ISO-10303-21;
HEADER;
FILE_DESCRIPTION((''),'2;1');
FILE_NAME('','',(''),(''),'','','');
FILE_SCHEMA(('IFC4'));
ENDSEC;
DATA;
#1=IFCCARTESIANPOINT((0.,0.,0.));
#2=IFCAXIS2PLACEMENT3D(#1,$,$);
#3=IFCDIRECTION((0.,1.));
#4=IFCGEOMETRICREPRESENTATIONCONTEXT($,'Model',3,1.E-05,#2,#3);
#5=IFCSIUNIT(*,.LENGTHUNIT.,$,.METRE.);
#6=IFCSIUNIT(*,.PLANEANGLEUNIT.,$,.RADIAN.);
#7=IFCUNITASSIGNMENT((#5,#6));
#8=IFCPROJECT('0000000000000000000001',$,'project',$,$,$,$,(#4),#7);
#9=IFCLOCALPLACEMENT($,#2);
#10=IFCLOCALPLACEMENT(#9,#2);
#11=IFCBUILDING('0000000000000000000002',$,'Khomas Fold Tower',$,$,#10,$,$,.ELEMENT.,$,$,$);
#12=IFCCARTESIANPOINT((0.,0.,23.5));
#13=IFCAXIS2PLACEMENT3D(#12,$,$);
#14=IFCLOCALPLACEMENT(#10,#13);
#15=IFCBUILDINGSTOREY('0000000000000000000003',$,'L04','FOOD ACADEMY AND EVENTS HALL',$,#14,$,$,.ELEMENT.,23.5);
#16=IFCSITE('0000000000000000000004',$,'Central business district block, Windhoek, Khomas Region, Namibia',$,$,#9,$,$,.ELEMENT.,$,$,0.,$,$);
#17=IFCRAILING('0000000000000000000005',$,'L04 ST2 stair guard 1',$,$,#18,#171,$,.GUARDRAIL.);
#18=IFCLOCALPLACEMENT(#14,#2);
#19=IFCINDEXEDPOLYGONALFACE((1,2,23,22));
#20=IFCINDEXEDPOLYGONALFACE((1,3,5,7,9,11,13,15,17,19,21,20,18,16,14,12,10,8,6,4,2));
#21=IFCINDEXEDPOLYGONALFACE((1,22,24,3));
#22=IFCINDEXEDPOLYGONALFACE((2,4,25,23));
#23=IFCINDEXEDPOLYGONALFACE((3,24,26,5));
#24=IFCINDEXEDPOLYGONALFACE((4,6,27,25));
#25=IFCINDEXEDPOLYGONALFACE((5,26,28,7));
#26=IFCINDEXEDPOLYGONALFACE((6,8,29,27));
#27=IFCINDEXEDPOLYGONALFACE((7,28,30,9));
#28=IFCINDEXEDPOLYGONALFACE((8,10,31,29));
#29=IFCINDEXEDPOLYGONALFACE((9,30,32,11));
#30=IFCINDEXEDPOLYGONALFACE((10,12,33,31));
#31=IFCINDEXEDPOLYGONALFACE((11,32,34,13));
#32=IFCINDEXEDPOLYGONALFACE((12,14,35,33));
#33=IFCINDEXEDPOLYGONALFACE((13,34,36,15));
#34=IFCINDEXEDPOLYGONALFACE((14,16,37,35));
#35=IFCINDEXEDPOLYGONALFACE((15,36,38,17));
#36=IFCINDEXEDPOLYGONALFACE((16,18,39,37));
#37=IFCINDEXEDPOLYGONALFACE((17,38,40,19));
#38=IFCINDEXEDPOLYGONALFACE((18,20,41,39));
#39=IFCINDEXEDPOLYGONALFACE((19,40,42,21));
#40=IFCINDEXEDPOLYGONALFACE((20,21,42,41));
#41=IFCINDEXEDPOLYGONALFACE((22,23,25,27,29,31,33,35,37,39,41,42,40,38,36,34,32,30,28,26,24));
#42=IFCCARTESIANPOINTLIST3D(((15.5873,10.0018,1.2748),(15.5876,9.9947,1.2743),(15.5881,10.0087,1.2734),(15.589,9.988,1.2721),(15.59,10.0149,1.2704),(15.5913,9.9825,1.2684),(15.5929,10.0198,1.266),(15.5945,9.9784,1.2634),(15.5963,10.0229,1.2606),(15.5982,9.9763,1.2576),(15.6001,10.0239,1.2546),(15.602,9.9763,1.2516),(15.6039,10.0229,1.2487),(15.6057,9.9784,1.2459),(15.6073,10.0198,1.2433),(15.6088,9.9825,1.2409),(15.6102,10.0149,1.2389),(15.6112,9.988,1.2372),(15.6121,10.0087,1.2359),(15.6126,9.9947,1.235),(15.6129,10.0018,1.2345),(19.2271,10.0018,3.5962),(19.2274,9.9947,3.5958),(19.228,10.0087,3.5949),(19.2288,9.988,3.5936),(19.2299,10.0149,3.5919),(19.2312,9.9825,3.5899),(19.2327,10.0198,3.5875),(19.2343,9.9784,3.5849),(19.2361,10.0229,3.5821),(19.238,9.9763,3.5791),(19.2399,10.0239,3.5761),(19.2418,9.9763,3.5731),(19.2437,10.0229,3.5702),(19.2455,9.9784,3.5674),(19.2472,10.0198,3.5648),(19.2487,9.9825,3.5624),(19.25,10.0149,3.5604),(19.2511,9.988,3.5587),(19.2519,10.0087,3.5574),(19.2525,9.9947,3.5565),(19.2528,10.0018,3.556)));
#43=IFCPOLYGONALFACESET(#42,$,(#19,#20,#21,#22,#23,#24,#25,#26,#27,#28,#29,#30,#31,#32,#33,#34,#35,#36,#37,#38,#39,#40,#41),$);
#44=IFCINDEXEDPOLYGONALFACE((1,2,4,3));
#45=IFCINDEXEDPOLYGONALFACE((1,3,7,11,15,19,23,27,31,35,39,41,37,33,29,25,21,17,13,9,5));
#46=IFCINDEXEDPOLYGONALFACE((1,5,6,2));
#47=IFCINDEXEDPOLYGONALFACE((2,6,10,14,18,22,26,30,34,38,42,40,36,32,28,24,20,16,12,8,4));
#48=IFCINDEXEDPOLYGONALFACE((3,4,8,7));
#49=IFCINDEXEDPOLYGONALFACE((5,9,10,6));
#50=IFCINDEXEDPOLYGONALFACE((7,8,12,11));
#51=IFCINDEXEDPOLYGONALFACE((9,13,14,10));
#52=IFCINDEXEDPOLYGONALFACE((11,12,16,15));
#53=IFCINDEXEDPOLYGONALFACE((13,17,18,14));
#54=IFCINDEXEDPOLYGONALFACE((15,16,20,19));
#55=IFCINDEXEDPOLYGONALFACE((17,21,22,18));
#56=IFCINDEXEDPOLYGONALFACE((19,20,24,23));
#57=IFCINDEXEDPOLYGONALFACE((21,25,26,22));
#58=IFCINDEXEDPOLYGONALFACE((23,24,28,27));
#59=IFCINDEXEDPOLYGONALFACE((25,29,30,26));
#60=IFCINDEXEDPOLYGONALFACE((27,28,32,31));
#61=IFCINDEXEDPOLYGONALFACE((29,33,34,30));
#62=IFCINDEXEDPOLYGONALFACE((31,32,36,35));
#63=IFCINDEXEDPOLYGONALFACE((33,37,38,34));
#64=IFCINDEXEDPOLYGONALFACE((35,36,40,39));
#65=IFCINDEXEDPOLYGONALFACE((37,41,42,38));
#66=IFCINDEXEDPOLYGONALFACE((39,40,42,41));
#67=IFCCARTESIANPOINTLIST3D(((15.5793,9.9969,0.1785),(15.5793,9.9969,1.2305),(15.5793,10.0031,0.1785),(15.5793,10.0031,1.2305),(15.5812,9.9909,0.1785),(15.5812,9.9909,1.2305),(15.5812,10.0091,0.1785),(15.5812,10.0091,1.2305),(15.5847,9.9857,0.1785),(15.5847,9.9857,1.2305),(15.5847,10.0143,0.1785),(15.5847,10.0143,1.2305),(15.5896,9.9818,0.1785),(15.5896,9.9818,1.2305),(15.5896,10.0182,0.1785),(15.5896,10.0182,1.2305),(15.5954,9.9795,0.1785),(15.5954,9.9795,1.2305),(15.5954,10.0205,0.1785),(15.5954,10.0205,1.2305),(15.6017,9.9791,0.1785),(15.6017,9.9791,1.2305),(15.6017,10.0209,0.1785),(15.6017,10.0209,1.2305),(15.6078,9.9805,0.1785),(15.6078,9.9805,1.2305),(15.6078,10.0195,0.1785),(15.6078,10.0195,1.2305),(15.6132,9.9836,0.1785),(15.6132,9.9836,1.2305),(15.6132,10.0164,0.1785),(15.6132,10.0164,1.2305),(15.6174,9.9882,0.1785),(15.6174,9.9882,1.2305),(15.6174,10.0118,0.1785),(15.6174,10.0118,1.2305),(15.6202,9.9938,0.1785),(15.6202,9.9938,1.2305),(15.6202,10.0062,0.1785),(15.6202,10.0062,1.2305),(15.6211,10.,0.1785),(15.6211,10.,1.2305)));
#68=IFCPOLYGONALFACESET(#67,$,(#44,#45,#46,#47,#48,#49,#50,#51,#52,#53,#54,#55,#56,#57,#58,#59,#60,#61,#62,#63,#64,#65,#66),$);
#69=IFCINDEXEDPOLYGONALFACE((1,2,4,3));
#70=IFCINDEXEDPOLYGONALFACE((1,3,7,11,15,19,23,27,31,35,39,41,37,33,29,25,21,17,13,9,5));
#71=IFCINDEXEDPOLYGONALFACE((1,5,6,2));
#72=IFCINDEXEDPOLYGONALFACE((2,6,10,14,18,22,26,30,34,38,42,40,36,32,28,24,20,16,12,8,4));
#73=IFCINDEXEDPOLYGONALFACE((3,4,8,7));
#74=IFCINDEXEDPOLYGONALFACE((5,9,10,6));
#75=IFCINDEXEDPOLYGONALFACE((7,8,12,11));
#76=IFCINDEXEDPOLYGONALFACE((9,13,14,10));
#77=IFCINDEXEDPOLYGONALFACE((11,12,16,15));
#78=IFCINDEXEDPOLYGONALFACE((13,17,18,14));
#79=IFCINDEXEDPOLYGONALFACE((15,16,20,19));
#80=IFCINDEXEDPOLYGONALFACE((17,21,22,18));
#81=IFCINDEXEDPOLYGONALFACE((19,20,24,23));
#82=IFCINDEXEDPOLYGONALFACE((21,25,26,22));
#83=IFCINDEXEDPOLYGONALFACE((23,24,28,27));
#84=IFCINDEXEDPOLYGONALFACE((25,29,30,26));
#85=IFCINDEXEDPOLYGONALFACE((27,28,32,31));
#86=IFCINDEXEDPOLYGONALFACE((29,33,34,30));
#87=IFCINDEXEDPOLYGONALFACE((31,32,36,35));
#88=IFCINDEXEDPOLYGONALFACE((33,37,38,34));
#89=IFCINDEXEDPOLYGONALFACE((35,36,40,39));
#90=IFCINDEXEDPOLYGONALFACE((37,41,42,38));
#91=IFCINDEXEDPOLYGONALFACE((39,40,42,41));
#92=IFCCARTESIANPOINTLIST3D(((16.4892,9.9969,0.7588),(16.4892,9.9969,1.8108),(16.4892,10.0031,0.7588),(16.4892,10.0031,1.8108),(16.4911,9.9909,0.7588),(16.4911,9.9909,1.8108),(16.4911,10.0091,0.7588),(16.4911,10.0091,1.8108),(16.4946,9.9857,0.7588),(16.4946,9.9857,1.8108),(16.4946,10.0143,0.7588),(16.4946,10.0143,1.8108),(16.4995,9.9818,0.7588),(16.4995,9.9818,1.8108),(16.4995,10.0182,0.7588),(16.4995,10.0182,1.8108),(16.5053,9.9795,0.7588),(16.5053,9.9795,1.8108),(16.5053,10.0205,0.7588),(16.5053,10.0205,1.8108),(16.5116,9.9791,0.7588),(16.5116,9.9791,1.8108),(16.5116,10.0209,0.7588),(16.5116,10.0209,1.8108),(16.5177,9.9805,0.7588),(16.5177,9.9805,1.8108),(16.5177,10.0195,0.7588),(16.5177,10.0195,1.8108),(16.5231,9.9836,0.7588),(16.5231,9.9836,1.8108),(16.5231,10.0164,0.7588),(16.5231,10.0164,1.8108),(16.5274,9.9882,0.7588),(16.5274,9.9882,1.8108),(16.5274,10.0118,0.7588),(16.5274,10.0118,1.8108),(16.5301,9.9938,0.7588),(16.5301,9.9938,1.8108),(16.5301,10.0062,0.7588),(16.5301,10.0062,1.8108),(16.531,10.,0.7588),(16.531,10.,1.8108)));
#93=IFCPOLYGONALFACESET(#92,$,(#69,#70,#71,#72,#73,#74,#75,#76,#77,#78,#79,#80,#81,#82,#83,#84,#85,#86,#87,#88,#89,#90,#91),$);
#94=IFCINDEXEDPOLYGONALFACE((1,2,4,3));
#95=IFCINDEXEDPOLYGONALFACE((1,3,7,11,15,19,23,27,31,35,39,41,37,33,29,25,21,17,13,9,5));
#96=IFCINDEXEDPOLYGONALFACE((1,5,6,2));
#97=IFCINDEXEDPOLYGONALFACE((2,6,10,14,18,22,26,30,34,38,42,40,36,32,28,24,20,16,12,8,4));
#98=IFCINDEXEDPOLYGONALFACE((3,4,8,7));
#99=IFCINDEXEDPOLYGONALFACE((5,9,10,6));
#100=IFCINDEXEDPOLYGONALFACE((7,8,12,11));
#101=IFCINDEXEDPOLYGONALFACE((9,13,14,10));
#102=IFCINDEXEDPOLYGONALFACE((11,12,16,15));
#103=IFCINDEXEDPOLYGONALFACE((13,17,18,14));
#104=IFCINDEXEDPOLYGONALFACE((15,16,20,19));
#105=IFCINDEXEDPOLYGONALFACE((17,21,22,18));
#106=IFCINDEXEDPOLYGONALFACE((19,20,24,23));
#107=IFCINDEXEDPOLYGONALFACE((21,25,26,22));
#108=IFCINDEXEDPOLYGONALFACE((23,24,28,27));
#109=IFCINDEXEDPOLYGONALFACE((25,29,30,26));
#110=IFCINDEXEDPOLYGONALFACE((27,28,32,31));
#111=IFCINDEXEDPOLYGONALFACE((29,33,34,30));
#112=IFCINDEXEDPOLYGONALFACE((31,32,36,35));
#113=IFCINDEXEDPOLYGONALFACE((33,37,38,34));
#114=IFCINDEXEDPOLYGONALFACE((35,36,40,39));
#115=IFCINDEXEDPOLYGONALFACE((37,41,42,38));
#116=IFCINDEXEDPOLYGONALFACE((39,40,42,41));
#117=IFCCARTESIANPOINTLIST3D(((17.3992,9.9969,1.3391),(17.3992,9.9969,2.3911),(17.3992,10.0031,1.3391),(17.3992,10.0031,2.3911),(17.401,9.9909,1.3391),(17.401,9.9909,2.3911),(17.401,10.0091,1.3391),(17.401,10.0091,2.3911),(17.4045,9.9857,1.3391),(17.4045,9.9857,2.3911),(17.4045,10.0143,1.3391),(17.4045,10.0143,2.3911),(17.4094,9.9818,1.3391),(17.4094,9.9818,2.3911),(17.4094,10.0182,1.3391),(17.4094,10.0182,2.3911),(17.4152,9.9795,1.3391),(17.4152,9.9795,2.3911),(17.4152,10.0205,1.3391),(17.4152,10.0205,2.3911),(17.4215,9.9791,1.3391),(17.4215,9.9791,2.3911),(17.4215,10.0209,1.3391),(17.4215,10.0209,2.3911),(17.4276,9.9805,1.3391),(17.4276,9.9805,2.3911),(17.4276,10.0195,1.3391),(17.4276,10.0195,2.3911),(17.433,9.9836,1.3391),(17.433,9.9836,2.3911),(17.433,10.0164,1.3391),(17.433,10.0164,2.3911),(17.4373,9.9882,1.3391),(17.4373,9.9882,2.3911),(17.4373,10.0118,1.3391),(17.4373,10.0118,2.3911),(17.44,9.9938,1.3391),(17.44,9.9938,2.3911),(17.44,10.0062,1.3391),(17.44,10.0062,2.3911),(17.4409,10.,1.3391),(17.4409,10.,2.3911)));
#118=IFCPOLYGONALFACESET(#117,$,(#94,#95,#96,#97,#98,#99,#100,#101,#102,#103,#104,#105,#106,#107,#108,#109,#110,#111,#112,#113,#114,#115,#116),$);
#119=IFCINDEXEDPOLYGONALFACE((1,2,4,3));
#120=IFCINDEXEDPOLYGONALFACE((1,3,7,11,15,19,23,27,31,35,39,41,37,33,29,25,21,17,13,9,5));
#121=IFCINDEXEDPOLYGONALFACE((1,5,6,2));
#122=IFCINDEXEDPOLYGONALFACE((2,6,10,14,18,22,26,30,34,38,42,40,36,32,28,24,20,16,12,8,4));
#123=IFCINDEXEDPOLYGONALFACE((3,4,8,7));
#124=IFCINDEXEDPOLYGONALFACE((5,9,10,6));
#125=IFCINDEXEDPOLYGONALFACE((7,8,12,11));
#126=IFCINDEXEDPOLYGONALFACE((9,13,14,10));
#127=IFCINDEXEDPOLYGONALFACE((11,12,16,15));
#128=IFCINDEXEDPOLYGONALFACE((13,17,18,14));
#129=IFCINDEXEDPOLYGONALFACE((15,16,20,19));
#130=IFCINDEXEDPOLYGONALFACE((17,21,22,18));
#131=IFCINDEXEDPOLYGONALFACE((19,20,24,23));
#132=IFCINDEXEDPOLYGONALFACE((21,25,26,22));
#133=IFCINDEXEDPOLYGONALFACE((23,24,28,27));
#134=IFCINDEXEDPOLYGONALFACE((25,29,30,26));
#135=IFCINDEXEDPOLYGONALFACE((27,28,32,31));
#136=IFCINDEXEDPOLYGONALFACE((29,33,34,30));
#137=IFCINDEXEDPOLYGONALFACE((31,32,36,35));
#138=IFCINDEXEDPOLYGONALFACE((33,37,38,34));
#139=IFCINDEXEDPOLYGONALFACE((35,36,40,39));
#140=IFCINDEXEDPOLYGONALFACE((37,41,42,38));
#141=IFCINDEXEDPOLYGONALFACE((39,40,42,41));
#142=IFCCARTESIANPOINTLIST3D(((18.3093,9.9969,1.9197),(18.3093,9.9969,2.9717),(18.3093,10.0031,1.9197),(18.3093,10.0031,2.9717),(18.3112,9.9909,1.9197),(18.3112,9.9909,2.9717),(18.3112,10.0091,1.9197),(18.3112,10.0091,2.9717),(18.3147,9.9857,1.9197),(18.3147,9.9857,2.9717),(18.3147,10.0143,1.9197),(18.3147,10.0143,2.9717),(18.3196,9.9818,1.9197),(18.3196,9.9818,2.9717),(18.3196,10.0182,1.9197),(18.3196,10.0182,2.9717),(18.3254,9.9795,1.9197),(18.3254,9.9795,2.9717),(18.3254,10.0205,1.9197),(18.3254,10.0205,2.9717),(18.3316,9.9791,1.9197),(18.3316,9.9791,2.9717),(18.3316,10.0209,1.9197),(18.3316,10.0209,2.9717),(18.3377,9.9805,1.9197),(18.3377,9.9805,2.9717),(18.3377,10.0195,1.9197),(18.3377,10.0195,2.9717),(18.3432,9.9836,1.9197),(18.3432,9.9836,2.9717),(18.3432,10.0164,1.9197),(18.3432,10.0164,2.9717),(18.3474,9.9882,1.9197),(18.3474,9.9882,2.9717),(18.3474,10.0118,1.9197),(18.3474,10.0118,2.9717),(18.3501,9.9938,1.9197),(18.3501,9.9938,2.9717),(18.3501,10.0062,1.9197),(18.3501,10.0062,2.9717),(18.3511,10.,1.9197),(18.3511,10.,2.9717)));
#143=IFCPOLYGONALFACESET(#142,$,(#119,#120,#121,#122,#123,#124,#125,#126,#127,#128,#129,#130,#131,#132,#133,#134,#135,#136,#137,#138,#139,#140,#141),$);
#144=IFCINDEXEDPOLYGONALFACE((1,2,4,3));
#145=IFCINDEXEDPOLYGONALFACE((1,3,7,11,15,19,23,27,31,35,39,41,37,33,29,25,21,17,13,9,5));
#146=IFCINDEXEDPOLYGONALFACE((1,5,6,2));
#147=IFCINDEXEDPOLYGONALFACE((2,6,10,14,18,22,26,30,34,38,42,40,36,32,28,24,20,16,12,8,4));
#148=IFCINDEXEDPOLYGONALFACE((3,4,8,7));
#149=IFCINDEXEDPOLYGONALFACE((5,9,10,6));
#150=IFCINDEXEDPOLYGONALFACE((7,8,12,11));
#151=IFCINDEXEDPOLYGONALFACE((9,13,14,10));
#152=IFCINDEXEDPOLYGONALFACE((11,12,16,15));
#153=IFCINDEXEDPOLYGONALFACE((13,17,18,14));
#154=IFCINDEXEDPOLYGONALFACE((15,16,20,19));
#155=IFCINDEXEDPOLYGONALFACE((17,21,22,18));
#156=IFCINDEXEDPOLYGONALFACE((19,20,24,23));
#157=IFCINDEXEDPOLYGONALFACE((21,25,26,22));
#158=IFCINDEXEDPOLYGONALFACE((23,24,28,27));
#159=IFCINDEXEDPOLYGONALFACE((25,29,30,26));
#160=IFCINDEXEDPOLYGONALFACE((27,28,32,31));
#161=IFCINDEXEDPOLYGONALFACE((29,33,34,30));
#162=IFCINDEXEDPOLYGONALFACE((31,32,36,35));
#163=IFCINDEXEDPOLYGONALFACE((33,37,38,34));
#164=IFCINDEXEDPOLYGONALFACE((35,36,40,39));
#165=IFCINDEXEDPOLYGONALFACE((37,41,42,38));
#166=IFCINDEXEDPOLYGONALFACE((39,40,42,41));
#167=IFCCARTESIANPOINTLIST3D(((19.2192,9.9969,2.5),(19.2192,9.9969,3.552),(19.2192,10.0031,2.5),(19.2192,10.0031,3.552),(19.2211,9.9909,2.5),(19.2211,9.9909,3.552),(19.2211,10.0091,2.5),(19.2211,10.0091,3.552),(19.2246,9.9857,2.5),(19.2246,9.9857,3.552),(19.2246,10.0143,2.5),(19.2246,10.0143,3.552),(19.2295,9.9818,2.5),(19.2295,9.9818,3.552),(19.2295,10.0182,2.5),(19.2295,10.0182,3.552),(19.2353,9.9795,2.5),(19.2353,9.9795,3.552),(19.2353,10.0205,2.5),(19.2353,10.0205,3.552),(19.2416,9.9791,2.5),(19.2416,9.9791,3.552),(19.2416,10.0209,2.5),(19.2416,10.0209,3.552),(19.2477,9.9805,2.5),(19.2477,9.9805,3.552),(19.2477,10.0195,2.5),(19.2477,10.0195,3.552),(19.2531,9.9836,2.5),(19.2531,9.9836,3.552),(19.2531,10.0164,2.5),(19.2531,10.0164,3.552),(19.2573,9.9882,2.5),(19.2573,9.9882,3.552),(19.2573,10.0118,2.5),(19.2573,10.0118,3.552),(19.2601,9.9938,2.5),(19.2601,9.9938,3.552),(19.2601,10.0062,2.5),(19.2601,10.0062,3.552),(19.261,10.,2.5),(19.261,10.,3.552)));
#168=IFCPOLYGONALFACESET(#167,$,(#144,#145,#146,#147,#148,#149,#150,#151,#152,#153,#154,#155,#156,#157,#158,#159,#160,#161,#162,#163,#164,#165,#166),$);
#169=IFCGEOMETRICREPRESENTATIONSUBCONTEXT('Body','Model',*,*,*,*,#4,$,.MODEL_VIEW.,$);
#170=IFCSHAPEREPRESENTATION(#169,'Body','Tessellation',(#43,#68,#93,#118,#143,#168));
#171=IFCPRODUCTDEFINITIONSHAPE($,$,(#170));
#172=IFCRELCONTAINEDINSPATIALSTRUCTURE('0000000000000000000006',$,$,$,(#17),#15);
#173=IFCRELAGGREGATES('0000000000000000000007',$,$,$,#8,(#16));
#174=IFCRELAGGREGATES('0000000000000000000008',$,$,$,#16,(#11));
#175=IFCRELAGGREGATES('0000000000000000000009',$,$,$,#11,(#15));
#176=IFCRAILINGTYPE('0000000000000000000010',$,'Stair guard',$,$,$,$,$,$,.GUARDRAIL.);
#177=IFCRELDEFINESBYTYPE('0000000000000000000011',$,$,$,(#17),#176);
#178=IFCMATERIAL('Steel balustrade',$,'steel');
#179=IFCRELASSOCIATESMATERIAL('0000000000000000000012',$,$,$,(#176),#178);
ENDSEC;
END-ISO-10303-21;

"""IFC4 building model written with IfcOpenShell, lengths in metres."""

from ifc_helpers import new_model, si_unit, direction, frame, origin, origin_2d, place, context, subcontext, project, spatial, circle, extrude, source, transform, mapped, material, type_object, element, save


model = new_model("IFC4")

# Units and contexts
model_context = context("Model", 3, precision=1e-05, world=origin(), true_north=direction((0.0, 1.0)))
body_context = subcontext(model_context, "Body", "Model", "MODEL_VIEW")
ifc_project = project(units=[si_unit("LENGTHUNIT", "METRE"), si_unit("PLANEANGLEUNIT", "RADIAN")], contexts=[model_context])

# Site, building, storey
site_placement = place(None, origin())
site = spatial("IfcSite", under=ifc_project, at=site_placement, Name="Central business district block, Windhoek, Khomas Region, Namibia", CompositionType="ELEMENT", RefElevation=0.0)
building_placement = place(site_placement, origin())
building = spatial("IfcBuilding", under=site, at=building_placement, Name="Khomas Fold Tower", CompositionType="ELEMENT")
storey_placement = place(building_placement, frame((0.0, 0.0, 23.5)))
storey = spatial("IfcBuildingStorey", under=building, at=storey_placement, Name="L04", Description="FOOD ACADEMY AND EVENTS HALL", CompositionType="ELEMENT", Elevation=23.5)

# Railing
ifc_material_1 = material(Name="Steel balustrade", Category="steel")
railing_type_1 = type_object("IfcRailingType", Name="Stair guard", PredefinedType="GUARDRAIL", material=ifc_material_1)
shared_shape_1 = source(origin(), body_context, "Body", "SweptSolid", [
    extrude(circle(Radius=0.0239, at=origin_2d()), frame((0.0, 0.0, 1.0762), z_axis=(0.843112, 0.0, 0.537739), x_axis=(0.0, 1.0, 0.0)), (0.0, 0.0, 1.0), 4.3171),
    extrude(circle(Radius=0.021, at=origin_2d()), origin(), (0.0, 0.0, 1.0), 1.052),
    extrude(circle(Radius=0.021, at=origin_2d()), frame((0.9099, 0.0, 0.5803)), (0.0, 0.0, 1.0), 1.052),
    extrude(circle(Radius=0.021, at=origin_2d()), frame((1.8198, 0.0, 1.1606)), (0.0, 0.0, 1.0), 1.052),
    extrude(circle(Radius=0.021, at=origin_2d()), frame((2.73, 0.0, 1.7412)), (0.0, 0.0, 1.0), 1.052),
    extrude(circle(Radius=0.021, at=origin_2d()), frame((3.6399, 0.0, 2.3215)), (0.0, 0.0, 1.0), 1.052),
])
railing_1_placement = place(storey_placement, frame((15.6001, 10.0, 0.1785)))
element("IfcRailing", 1, at=railing_1_placement, inside=storey, type_object=railing_type_1, Name="L04 ST2 stair guard 1", PredefinedType="GUARDRAIL", context=body_context, shape_type="MappedRepresentation", body=[
    mapped(shared_shape_1, transform((0.0, 0.0, 0.0))),
])

save(model, "model.ifc")
